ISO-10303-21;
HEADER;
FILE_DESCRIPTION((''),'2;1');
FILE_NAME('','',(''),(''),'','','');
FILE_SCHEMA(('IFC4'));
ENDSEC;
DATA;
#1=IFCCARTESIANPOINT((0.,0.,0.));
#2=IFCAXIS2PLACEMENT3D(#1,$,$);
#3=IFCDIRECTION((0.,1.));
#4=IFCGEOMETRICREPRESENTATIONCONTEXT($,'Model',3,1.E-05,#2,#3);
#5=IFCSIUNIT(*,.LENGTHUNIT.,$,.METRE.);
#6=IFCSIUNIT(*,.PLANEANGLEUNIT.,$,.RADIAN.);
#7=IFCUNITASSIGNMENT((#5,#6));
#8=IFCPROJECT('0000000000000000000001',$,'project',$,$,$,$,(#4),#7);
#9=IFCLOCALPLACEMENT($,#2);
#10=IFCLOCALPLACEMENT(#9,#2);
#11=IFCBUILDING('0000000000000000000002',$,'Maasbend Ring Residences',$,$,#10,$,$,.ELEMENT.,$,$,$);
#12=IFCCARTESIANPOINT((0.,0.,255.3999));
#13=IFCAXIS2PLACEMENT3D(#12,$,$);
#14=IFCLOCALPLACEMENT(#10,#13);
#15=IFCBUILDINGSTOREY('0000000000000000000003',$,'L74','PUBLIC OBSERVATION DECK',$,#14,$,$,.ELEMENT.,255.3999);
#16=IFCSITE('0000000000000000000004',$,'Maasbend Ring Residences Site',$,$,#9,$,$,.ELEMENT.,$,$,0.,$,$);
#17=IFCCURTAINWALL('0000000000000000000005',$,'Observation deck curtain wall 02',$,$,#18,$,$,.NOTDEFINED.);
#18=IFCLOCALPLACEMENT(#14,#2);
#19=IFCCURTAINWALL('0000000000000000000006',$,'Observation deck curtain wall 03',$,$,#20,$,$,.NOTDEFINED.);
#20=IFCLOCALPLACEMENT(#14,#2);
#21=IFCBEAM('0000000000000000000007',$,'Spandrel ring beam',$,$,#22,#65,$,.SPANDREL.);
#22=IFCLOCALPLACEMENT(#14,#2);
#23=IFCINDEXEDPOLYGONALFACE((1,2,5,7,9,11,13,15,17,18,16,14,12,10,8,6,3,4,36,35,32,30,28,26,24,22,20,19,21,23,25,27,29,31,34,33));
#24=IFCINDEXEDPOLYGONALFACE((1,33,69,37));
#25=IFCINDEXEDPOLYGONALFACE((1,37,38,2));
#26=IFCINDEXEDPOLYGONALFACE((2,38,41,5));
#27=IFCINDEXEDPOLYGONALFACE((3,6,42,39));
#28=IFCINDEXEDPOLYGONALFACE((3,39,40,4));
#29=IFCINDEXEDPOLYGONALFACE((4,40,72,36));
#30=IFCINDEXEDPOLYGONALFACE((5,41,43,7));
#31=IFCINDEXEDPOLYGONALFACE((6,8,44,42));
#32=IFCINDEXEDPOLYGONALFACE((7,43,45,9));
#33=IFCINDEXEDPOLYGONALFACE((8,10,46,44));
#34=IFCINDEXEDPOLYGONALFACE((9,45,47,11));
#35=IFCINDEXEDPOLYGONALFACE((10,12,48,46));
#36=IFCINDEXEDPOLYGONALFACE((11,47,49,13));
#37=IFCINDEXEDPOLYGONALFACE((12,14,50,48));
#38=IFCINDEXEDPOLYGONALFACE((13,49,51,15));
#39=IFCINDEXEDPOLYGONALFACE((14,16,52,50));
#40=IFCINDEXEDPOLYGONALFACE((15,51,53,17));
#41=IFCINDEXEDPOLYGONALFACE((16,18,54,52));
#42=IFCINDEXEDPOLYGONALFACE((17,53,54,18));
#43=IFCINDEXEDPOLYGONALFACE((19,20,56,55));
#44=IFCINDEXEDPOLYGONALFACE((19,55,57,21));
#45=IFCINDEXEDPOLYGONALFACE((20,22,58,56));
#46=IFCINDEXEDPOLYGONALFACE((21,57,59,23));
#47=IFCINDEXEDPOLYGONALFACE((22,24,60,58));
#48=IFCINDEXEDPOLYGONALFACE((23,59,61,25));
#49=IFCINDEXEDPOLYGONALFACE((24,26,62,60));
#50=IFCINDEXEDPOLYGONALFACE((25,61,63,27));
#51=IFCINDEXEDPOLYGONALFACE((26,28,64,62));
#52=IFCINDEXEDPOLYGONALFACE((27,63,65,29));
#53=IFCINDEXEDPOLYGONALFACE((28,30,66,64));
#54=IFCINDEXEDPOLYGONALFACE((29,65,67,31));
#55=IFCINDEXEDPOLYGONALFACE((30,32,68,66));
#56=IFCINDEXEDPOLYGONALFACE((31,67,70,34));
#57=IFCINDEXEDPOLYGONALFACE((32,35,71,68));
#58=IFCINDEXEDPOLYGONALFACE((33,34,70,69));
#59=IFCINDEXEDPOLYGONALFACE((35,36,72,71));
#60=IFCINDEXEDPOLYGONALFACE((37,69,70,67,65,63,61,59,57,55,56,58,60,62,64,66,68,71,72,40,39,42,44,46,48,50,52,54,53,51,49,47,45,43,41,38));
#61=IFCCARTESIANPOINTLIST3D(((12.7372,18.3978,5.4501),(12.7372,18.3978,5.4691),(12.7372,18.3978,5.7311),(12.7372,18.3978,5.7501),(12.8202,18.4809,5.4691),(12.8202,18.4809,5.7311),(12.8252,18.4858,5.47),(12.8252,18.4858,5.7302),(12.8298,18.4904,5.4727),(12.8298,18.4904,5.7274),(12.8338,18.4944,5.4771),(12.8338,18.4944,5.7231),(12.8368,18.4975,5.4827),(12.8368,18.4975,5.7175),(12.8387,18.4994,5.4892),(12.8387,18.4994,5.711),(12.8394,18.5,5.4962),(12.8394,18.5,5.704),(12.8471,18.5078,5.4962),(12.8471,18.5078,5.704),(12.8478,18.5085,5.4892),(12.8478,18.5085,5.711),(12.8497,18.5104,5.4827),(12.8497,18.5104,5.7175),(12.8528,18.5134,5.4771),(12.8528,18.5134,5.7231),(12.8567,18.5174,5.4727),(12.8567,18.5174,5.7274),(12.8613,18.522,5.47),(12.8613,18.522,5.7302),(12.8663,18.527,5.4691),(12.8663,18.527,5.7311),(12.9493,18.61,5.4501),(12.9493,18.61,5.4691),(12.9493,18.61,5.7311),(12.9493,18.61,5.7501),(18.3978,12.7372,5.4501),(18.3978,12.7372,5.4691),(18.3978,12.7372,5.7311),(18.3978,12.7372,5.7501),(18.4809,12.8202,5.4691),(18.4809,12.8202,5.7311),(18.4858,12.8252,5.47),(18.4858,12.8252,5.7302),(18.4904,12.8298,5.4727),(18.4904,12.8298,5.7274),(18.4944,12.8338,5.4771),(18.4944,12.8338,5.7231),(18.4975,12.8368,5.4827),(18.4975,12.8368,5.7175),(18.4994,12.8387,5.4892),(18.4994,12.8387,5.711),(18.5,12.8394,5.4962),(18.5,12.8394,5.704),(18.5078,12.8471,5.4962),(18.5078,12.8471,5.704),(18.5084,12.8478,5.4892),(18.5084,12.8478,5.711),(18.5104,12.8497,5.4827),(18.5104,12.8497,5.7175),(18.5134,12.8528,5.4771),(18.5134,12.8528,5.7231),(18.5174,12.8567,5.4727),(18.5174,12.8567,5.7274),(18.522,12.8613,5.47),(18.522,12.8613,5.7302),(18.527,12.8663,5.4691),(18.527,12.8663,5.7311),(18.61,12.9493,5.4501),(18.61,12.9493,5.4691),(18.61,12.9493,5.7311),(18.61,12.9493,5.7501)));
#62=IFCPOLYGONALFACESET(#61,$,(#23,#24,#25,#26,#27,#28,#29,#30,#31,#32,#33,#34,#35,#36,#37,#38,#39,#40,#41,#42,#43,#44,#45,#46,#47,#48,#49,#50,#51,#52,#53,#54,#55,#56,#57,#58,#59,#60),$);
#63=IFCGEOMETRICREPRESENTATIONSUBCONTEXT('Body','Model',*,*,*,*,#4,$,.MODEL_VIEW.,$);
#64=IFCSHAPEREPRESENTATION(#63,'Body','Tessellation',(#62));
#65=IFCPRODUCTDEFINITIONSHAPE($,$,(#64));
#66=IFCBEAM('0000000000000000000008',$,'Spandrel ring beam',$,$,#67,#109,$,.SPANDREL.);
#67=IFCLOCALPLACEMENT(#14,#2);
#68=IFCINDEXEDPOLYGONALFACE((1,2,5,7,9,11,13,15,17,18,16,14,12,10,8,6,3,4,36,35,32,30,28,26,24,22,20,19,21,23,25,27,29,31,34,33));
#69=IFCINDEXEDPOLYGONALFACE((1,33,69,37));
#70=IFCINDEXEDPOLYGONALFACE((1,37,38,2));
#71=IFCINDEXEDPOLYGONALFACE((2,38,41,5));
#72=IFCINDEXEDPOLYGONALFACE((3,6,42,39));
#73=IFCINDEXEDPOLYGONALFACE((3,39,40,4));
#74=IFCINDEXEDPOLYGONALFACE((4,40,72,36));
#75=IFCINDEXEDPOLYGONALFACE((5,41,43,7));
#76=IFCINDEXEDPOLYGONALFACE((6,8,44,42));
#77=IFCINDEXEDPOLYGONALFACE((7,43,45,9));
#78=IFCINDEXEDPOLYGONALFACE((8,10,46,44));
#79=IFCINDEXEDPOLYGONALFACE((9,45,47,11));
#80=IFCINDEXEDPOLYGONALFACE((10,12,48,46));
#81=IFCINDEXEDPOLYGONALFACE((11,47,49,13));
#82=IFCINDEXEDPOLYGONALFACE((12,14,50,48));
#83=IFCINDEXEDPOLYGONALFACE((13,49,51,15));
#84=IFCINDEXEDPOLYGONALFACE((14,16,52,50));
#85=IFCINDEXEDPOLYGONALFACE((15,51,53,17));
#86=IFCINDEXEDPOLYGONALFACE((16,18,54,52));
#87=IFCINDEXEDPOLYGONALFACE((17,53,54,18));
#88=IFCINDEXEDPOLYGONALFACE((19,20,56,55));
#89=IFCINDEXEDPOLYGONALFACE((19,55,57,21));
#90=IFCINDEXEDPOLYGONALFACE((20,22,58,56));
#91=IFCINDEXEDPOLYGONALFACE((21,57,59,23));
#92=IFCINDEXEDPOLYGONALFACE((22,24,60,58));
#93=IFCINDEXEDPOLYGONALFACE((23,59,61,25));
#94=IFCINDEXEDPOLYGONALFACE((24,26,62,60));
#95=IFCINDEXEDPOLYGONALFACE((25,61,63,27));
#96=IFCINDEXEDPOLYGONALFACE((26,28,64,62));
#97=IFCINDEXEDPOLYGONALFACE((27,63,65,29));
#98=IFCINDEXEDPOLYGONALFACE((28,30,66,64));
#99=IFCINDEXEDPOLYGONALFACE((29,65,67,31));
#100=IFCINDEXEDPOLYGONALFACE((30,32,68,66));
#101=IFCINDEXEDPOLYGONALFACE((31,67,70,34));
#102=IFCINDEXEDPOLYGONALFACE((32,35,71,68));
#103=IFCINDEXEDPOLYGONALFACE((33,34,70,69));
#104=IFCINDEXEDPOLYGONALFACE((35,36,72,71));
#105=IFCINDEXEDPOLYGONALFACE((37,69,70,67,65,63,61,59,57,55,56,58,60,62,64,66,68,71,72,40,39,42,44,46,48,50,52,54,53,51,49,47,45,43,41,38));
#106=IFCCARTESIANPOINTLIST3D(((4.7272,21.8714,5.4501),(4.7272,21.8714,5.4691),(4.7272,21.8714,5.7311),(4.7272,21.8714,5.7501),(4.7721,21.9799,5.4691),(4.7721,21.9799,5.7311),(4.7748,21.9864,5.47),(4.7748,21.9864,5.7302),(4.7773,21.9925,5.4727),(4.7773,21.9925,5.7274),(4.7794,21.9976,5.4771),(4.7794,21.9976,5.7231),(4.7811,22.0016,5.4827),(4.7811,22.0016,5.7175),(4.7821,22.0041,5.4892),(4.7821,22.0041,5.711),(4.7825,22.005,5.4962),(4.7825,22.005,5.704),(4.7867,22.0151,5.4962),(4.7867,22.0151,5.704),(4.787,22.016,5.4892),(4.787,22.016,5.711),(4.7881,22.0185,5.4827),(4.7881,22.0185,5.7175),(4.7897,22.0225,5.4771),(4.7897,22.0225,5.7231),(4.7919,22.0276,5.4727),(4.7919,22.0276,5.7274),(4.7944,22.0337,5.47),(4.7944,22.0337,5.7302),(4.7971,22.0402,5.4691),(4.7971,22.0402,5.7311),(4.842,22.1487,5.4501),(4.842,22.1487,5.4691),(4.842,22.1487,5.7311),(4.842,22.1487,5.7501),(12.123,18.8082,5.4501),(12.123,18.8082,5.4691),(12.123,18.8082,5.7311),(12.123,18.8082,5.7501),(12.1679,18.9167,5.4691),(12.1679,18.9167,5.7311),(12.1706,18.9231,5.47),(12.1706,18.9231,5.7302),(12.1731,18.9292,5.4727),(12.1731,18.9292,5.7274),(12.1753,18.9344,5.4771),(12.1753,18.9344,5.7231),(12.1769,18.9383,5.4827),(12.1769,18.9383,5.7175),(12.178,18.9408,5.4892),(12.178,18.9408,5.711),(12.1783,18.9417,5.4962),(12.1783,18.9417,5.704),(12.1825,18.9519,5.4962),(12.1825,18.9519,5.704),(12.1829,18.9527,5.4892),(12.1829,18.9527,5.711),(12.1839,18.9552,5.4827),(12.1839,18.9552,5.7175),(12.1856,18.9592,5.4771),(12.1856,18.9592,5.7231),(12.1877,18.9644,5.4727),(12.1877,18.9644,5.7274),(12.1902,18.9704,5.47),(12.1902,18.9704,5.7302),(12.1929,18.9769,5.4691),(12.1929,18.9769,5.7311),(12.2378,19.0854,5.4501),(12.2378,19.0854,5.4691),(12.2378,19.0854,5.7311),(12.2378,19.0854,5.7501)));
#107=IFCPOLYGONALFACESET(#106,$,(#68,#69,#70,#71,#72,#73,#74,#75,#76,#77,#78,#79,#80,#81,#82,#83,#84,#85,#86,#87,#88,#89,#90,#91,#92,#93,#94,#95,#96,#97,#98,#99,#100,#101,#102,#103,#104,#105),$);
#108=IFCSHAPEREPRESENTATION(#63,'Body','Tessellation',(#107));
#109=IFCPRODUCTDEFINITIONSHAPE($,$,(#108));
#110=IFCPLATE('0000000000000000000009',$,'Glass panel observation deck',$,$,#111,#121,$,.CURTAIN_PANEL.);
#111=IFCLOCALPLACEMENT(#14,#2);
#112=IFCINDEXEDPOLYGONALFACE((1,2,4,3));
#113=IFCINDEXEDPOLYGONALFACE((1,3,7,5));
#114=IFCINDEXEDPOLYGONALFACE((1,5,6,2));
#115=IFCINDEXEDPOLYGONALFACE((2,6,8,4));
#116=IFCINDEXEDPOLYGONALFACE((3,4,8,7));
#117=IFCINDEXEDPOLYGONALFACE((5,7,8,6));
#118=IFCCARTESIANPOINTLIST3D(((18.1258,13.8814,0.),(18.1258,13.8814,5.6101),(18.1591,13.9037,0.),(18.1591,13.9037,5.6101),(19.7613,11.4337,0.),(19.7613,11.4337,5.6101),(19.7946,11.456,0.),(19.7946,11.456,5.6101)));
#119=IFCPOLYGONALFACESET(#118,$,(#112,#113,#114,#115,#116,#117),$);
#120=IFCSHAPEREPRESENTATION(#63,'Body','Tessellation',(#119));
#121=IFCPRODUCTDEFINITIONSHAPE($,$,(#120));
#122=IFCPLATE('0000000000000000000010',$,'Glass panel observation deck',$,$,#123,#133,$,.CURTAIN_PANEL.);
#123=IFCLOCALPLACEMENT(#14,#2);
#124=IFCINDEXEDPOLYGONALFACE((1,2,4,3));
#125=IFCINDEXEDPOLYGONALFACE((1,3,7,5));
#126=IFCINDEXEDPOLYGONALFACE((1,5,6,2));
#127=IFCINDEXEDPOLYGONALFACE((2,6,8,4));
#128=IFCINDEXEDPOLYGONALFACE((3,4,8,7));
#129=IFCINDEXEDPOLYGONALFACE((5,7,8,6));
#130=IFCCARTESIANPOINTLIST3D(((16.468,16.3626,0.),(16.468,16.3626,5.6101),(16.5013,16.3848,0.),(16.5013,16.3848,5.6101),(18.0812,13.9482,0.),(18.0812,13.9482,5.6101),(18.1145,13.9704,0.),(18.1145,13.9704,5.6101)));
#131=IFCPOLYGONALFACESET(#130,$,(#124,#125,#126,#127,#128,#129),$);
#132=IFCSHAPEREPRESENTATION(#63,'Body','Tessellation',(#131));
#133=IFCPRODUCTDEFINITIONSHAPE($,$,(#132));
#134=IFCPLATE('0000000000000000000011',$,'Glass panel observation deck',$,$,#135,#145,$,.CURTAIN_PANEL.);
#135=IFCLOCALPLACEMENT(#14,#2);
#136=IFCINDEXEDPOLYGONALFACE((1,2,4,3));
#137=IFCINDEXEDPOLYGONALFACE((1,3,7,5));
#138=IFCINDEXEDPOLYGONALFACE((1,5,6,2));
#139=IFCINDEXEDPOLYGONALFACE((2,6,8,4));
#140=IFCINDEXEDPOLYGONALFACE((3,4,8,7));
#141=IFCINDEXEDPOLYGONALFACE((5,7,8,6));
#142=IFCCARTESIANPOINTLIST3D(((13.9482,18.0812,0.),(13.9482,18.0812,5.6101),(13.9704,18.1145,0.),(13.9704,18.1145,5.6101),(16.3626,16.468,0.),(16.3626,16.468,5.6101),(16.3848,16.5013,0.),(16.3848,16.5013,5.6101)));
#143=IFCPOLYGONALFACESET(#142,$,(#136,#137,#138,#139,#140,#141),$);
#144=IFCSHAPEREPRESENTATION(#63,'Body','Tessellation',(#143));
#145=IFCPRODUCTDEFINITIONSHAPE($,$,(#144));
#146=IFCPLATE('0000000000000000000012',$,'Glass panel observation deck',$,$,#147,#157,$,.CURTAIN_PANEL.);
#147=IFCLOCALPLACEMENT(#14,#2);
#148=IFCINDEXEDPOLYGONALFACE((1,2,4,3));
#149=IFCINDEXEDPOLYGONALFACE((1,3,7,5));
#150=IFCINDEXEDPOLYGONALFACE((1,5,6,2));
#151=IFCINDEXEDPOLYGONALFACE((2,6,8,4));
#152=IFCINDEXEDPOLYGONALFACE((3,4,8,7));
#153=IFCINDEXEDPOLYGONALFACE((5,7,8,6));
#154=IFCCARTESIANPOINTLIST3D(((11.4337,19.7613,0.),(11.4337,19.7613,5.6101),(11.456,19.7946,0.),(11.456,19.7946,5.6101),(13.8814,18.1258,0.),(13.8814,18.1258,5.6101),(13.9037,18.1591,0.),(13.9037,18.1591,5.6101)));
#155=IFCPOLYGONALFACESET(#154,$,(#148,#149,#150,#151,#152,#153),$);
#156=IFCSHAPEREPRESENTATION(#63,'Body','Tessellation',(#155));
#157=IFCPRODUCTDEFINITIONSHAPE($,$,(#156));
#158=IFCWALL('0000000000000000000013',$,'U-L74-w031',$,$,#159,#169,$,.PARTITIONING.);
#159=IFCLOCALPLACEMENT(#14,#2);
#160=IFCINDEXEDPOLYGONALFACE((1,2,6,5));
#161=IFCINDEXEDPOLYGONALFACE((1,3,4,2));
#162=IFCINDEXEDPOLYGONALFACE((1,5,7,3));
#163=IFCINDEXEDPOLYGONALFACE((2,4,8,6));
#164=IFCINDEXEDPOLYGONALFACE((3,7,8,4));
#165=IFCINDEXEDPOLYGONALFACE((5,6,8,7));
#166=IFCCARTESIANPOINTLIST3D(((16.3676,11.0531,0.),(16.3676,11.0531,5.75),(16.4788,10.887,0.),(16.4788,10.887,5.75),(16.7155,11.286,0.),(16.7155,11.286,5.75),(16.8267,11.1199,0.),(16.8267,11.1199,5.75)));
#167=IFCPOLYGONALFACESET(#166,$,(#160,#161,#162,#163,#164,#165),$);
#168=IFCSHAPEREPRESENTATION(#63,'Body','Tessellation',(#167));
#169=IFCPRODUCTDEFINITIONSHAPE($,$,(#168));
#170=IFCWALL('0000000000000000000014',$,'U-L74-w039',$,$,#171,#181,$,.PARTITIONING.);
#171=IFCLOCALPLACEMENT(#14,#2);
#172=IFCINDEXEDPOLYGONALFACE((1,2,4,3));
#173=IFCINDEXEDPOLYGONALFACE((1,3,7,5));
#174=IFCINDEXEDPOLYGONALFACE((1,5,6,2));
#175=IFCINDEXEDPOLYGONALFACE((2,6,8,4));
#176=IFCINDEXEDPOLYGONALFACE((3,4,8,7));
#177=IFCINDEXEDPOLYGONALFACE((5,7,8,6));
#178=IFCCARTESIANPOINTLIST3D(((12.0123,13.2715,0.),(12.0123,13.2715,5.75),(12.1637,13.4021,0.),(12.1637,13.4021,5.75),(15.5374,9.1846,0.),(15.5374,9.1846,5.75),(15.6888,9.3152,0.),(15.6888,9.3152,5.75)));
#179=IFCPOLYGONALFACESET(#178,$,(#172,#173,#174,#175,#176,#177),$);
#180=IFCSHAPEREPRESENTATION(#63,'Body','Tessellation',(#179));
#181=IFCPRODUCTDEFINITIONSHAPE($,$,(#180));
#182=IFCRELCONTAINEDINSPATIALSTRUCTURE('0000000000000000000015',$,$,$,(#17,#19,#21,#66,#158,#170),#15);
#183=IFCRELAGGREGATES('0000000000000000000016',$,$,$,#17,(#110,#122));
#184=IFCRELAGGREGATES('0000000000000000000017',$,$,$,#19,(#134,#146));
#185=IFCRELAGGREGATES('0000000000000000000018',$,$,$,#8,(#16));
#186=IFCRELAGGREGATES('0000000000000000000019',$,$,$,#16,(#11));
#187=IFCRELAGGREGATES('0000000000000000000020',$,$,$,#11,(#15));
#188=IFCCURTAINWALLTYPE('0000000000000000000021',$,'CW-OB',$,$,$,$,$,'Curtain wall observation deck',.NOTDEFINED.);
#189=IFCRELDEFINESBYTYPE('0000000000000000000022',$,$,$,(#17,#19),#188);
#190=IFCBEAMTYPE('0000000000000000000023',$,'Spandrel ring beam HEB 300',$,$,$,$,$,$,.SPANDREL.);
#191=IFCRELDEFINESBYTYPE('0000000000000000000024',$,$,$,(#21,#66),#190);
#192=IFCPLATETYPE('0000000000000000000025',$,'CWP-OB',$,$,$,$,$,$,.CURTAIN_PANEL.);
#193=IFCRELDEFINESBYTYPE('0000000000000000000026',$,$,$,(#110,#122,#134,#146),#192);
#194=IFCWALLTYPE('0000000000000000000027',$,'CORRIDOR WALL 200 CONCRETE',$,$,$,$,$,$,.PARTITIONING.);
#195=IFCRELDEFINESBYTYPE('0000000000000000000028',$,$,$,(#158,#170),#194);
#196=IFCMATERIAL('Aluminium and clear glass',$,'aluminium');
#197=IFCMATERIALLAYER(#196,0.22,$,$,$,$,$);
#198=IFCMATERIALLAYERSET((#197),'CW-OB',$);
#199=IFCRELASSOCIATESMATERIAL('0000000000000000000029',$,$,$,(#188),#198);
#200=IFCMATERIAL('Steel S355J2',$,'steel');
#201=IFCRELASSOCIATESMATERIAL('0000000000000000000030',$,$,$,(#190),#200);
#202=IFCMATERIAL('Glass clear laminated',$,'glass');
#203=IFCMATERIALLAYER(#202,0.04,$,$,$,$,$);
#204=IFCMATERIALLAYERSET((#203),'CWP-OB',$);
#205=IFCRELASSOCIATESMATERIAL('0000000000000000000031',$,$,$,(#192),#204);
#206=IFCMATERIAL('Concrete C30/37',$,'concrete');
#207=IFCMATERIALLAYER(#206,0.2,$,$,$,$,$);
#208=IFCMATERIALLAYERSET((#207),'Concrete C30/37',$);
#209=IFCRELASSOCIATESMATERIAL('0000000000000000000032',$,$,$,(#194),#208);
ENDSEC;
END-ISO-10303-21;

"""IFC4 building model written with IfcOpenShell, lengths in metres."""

from ifc_helpers import new_model, si_unit, direction, frame, frame_2d, origin, origin_2d, place, context, subcontext, project, spatial, rectangle, i_section, extrude, material, layer, layer_set, material_profile, profile_set, type_object, element, aggregate, save


model = new_model("IFC4")

# Units and contexts
model_context = context("Model", 3, precision=1e-05, world=origin(), true_north=direction((0.0, 1.0)))
body_context = subcontext(model_context, "Body", "Model", "MODEL_VIEW")
ifc_project = project(units=[si_unit("LENGTHUNIT", "METRE"), si_unit("PLANEANGLEUNIT", "RADIAN")], contexts=[model_context])

# Site, building, storey
site_placement = place(None, origin())
site = spatial("IfcSite", under=ifc_project, at=site_placement, Name="Maasbend Ring Residences Site", CompositionType="ELEMENT", RefElevation=0.0)
building_placement = place(site_placement, origin())
building = spatial("IfcBuilding", under=site, at=building_placement, Name="Maasbend Ring Residences", CompositionType="ELEMENT")
storey_placement = place(building_placement, frame((0.0, 0.0, 255.3999)))
storey = spatial("IfcBuildingStorey", under=building, at=storey_placement, Name="L74", Description="PUBLIC OBSERVATION DECK", CompositionType="ELEMENT", Elevation=255.3999)

# Curtain walls
ifc_material_1 = material(Name="Aluminium and clear glass", Category="aluminium")
ifc_layer_1 = layer(ifc_material_1, 0.22)
ifc_layer_set_1 = layer_set([ifc_layer_1], Name="CW-OB")
curtain_wall_type = type_object("IfcCurtainWallType", Name="CW-OB", ElementType="Curtain wall observation deck", PredefinedType="NOTDEFINED", material=ifc_layer_set_1)
curtain_wall_1_placement = place(storey_placement, origin())
curtain_wall_1 = element("IfcCurtainWall", 1, at=curtain_wall_1_placement, inside=storey, type_object=curtain_wall_type, Name="Observation deck curtain wall 02", PredefinedType="NOTDEFINED")
curtain_wall_2_placement = place(storey_placement, origin())
curtain_wall_2 = element("IfcCurtainWall", 2, at=curtain_wall_2_placement, inside=storey, type_object=curtain_wall_type, Name="Observation deck curtain wall 03", PredefinedType="NOTDEFINED")

# Beams
ifc_material_2 = material(Name="Steel S355J2", Category="steel")
ifc_material_profile_1 = material_profile(ifc_material_2, i_section(OverallWidth=0.3, OverallDepth=0.3, WebThickness=0.011, FlangeThickness=0.019, FilletRadius=0.0271, at=origin_2d()), Name="HEB 300")
ifc_profile_set_1 = profile_set([ifc_material_profile_1], Name="Steel S355J2")
beam_type_1 = type_object("IfcBeamType", Name="Spandrel ring beam HEB 300", PredefinedType="SPANDREL", material=ifc_profile_set_1)
beam_1_placement = place(storey_placement, frame((18.5039, 12.8433, 5.6001), z_axis=(-0.707107, 0.707107, 0.0), x_axis=(-0.707107, -0.707107, 0.0)))
element("IfcBeam", 3, at=beam_1_placement, inside=storey, type_object=beam_type_1, Name="Spandrel ring beam", PredefinedType="SPANDREL", context=body_context, shape_type="SweptSolid", body=[
    extrude(i_section(OverallWidth=0.3, OverallDepth=0.3, WebThickness=0.011, FlangeThickness=0.019, FilletRadius=0.0271, at=origin_2d()), origin(), (0.0, 0.0, 1.0), 8.0054),
])
beam_2_placement = place(storey_placement, frame((12.1804, 18.9468, 5.6001), z_axis=(-0.923888, 0.382663, 0.0), x_axis=(-0.382663, -0.923888, 0.0)))
element("IfcBeam", 4, at=beam_2_placement, inside=storey, type_object=beam_type_1, Name="Spandrel ring beam", PredefinedType="SPANDREL", context=body_context, shape_type="SweptSolid", body=[
    extrude(i_section(OverallWidth=0.3, OverallDepth=0.3, WebThickness=0.011, FlangeThickness=0.019, FilletRadius=0.0271, at=origin_2d()), origin(), (0.0, 0.0, 1.0), 8.0051),
])

# Plates
ifc_material_3 = material(Name="Glass clear laminated", Category="glass")
ifc_layer_2 = layer(ifc_material_3, 0.04)
ifc_layer_set_2 = layer_set([ifc_layer_2], Name="CWP-OB")
plate_type = type_object("IfcPlateType", Name="CWP-OB", PredefinedType="CURTAIN_PANEL", material=ifc_layer_set_2)
plate_1_placement = place(storey_placement, frame((18.9602, 12.6687, 0.0), z_axis=(0.0, 0.0, 1.0), x_axis=(-0.55557, 0.83147, 0.0)))
plate_1 = element("IfcPlate", 5, at=plate_1_placement, type_object=plate_type, Name="Glass panel observation deck", PredefinedType="CURTAIN_PANEL", context=body_context, shape_type="SweptSolid", body=[
    extrude(rectangle(XDim=2.9438, YDim=0.04, at=origin_2d()), origin(), (0.0, 0.0, 1.0), 5.6101),
])
plate_2_placement = place(storey_placement, frame((17.2913, 15.1665, 0.0), z_axis=(0.0, 0.0, 1.0), x_axis=(-0.55557, 0.83147, 0.0)))
plate_2 = element("IfcPlate", 6, at=plate_2_placement, type_object=plate_type, Name="Glass panel observation deck", PredefinedType="CURTAIN_PANEL", context=body_context, shape_type="SweptSolid", body=[
    extrude(rectangle(XDim=2.9038, YDim=0.04, at=origin_2d()), origin(), (0.0, 0.0, 1.0), 5.6101),
])
aggregate(curtain_wall_1, [plate_1, plate_2])
plate_3_placement = place(storey_placement, frame((15.1665, 17.2913, 0.0), z_axis=(0.0, 0.0, 1.0), x_axis=(-0.83147, 0.55557, 0.0)))
plate_3 = element("IfcPlate", 7, at=plate_3_placement, type_object=plate_type, Name="Glass panel observation deck", PredefinedType="CURTAIN_PANEL", context=body_context, shape_type="SweptSolid", body=[
    extrude(rectangle(XDim=2.9038, YDim=0.04, at=origin_2d()), origin(), (0.0, 0.0, 1.0), 5.6101),
])
plate_4_placement = place(storey_placement, frame((12.6687, 18.9602, 0.0), z_axis=(0.0, 0.0, 1.0), x_axis=(-0.83147, 0.55557, 0.0)))
plate_4 = element("IfcPlate", 8, at=plate_4_placement, type_object=plate_type, Name="Glass panel observation deck", PredefinedType="CURTAIN_PANEL", context=body_context, shape_type="SweptSolid", body=[
    extrude(rectangle(XDim=2.9438, YDim=0.04, at=origin_2d()), origin(), (0.0, 0.0, 1.0), 5.6101),
])
aggregate(curtain_wall_2, [plate_3, plate_4])

# Walls
ifc_material_4 = material(Name="Concrete C30/37", Category="concrete")
ifc_layer_3 = layer(ifc_material_4, 0.2)
ifc_layer_set_3 = layer_set([ifc_layer_3], Name="Concrete C30/37")
wall_type_1 = type_object("IfcWallType", Name="CORRIDOR WALL 200 CONCRETE", PredefinedType="PARTITIONING", material=ifc_layer_set_3)
wall_1_placement = place(storey_placement, frame((16.4231, 10.97, 0.0), z_axis=(0.0, 0.0, 1.0), x_axis=(0.830972, 0.556314, 0.0)))
element("IfcWall", 9, at=wall_1_placement, inside=storey, type_object=wall_type_1, Name="U-L74-w031", PredefinedType="PARTITIONING", context=body_context, shape_type="SweptSolid", body=[
    extrude(rectangle(XDim=0.4187, YDim=0.2, at=frame_2d((0.2095, 0.0))), origin(), (0.0, 0.0, 1.0), 5.75),
])
wall_2_placement = place(storey_placement, frame((12.0879, 13.3369, 0.0), z_axis=(0.0, 0.0, 1.0), x_axis=(0.653146, -0.757232, 0.0)))
element("IfcWall", 10, at=wall_2_placement, inside=storey, type_object=wall_type_1, Name="U-L74-w039", PredefinedType="PARTITIONING", context=body_context, shape_type="SweptSolid", body=[
    extrude(rectangle(XDim=5.3972, YDim=0.2, at=frame_2d((2.6987, 0.0))), origin(), (0.0, 0.0, 1.0), 5.75),
])

save(model, "model.ifc")
